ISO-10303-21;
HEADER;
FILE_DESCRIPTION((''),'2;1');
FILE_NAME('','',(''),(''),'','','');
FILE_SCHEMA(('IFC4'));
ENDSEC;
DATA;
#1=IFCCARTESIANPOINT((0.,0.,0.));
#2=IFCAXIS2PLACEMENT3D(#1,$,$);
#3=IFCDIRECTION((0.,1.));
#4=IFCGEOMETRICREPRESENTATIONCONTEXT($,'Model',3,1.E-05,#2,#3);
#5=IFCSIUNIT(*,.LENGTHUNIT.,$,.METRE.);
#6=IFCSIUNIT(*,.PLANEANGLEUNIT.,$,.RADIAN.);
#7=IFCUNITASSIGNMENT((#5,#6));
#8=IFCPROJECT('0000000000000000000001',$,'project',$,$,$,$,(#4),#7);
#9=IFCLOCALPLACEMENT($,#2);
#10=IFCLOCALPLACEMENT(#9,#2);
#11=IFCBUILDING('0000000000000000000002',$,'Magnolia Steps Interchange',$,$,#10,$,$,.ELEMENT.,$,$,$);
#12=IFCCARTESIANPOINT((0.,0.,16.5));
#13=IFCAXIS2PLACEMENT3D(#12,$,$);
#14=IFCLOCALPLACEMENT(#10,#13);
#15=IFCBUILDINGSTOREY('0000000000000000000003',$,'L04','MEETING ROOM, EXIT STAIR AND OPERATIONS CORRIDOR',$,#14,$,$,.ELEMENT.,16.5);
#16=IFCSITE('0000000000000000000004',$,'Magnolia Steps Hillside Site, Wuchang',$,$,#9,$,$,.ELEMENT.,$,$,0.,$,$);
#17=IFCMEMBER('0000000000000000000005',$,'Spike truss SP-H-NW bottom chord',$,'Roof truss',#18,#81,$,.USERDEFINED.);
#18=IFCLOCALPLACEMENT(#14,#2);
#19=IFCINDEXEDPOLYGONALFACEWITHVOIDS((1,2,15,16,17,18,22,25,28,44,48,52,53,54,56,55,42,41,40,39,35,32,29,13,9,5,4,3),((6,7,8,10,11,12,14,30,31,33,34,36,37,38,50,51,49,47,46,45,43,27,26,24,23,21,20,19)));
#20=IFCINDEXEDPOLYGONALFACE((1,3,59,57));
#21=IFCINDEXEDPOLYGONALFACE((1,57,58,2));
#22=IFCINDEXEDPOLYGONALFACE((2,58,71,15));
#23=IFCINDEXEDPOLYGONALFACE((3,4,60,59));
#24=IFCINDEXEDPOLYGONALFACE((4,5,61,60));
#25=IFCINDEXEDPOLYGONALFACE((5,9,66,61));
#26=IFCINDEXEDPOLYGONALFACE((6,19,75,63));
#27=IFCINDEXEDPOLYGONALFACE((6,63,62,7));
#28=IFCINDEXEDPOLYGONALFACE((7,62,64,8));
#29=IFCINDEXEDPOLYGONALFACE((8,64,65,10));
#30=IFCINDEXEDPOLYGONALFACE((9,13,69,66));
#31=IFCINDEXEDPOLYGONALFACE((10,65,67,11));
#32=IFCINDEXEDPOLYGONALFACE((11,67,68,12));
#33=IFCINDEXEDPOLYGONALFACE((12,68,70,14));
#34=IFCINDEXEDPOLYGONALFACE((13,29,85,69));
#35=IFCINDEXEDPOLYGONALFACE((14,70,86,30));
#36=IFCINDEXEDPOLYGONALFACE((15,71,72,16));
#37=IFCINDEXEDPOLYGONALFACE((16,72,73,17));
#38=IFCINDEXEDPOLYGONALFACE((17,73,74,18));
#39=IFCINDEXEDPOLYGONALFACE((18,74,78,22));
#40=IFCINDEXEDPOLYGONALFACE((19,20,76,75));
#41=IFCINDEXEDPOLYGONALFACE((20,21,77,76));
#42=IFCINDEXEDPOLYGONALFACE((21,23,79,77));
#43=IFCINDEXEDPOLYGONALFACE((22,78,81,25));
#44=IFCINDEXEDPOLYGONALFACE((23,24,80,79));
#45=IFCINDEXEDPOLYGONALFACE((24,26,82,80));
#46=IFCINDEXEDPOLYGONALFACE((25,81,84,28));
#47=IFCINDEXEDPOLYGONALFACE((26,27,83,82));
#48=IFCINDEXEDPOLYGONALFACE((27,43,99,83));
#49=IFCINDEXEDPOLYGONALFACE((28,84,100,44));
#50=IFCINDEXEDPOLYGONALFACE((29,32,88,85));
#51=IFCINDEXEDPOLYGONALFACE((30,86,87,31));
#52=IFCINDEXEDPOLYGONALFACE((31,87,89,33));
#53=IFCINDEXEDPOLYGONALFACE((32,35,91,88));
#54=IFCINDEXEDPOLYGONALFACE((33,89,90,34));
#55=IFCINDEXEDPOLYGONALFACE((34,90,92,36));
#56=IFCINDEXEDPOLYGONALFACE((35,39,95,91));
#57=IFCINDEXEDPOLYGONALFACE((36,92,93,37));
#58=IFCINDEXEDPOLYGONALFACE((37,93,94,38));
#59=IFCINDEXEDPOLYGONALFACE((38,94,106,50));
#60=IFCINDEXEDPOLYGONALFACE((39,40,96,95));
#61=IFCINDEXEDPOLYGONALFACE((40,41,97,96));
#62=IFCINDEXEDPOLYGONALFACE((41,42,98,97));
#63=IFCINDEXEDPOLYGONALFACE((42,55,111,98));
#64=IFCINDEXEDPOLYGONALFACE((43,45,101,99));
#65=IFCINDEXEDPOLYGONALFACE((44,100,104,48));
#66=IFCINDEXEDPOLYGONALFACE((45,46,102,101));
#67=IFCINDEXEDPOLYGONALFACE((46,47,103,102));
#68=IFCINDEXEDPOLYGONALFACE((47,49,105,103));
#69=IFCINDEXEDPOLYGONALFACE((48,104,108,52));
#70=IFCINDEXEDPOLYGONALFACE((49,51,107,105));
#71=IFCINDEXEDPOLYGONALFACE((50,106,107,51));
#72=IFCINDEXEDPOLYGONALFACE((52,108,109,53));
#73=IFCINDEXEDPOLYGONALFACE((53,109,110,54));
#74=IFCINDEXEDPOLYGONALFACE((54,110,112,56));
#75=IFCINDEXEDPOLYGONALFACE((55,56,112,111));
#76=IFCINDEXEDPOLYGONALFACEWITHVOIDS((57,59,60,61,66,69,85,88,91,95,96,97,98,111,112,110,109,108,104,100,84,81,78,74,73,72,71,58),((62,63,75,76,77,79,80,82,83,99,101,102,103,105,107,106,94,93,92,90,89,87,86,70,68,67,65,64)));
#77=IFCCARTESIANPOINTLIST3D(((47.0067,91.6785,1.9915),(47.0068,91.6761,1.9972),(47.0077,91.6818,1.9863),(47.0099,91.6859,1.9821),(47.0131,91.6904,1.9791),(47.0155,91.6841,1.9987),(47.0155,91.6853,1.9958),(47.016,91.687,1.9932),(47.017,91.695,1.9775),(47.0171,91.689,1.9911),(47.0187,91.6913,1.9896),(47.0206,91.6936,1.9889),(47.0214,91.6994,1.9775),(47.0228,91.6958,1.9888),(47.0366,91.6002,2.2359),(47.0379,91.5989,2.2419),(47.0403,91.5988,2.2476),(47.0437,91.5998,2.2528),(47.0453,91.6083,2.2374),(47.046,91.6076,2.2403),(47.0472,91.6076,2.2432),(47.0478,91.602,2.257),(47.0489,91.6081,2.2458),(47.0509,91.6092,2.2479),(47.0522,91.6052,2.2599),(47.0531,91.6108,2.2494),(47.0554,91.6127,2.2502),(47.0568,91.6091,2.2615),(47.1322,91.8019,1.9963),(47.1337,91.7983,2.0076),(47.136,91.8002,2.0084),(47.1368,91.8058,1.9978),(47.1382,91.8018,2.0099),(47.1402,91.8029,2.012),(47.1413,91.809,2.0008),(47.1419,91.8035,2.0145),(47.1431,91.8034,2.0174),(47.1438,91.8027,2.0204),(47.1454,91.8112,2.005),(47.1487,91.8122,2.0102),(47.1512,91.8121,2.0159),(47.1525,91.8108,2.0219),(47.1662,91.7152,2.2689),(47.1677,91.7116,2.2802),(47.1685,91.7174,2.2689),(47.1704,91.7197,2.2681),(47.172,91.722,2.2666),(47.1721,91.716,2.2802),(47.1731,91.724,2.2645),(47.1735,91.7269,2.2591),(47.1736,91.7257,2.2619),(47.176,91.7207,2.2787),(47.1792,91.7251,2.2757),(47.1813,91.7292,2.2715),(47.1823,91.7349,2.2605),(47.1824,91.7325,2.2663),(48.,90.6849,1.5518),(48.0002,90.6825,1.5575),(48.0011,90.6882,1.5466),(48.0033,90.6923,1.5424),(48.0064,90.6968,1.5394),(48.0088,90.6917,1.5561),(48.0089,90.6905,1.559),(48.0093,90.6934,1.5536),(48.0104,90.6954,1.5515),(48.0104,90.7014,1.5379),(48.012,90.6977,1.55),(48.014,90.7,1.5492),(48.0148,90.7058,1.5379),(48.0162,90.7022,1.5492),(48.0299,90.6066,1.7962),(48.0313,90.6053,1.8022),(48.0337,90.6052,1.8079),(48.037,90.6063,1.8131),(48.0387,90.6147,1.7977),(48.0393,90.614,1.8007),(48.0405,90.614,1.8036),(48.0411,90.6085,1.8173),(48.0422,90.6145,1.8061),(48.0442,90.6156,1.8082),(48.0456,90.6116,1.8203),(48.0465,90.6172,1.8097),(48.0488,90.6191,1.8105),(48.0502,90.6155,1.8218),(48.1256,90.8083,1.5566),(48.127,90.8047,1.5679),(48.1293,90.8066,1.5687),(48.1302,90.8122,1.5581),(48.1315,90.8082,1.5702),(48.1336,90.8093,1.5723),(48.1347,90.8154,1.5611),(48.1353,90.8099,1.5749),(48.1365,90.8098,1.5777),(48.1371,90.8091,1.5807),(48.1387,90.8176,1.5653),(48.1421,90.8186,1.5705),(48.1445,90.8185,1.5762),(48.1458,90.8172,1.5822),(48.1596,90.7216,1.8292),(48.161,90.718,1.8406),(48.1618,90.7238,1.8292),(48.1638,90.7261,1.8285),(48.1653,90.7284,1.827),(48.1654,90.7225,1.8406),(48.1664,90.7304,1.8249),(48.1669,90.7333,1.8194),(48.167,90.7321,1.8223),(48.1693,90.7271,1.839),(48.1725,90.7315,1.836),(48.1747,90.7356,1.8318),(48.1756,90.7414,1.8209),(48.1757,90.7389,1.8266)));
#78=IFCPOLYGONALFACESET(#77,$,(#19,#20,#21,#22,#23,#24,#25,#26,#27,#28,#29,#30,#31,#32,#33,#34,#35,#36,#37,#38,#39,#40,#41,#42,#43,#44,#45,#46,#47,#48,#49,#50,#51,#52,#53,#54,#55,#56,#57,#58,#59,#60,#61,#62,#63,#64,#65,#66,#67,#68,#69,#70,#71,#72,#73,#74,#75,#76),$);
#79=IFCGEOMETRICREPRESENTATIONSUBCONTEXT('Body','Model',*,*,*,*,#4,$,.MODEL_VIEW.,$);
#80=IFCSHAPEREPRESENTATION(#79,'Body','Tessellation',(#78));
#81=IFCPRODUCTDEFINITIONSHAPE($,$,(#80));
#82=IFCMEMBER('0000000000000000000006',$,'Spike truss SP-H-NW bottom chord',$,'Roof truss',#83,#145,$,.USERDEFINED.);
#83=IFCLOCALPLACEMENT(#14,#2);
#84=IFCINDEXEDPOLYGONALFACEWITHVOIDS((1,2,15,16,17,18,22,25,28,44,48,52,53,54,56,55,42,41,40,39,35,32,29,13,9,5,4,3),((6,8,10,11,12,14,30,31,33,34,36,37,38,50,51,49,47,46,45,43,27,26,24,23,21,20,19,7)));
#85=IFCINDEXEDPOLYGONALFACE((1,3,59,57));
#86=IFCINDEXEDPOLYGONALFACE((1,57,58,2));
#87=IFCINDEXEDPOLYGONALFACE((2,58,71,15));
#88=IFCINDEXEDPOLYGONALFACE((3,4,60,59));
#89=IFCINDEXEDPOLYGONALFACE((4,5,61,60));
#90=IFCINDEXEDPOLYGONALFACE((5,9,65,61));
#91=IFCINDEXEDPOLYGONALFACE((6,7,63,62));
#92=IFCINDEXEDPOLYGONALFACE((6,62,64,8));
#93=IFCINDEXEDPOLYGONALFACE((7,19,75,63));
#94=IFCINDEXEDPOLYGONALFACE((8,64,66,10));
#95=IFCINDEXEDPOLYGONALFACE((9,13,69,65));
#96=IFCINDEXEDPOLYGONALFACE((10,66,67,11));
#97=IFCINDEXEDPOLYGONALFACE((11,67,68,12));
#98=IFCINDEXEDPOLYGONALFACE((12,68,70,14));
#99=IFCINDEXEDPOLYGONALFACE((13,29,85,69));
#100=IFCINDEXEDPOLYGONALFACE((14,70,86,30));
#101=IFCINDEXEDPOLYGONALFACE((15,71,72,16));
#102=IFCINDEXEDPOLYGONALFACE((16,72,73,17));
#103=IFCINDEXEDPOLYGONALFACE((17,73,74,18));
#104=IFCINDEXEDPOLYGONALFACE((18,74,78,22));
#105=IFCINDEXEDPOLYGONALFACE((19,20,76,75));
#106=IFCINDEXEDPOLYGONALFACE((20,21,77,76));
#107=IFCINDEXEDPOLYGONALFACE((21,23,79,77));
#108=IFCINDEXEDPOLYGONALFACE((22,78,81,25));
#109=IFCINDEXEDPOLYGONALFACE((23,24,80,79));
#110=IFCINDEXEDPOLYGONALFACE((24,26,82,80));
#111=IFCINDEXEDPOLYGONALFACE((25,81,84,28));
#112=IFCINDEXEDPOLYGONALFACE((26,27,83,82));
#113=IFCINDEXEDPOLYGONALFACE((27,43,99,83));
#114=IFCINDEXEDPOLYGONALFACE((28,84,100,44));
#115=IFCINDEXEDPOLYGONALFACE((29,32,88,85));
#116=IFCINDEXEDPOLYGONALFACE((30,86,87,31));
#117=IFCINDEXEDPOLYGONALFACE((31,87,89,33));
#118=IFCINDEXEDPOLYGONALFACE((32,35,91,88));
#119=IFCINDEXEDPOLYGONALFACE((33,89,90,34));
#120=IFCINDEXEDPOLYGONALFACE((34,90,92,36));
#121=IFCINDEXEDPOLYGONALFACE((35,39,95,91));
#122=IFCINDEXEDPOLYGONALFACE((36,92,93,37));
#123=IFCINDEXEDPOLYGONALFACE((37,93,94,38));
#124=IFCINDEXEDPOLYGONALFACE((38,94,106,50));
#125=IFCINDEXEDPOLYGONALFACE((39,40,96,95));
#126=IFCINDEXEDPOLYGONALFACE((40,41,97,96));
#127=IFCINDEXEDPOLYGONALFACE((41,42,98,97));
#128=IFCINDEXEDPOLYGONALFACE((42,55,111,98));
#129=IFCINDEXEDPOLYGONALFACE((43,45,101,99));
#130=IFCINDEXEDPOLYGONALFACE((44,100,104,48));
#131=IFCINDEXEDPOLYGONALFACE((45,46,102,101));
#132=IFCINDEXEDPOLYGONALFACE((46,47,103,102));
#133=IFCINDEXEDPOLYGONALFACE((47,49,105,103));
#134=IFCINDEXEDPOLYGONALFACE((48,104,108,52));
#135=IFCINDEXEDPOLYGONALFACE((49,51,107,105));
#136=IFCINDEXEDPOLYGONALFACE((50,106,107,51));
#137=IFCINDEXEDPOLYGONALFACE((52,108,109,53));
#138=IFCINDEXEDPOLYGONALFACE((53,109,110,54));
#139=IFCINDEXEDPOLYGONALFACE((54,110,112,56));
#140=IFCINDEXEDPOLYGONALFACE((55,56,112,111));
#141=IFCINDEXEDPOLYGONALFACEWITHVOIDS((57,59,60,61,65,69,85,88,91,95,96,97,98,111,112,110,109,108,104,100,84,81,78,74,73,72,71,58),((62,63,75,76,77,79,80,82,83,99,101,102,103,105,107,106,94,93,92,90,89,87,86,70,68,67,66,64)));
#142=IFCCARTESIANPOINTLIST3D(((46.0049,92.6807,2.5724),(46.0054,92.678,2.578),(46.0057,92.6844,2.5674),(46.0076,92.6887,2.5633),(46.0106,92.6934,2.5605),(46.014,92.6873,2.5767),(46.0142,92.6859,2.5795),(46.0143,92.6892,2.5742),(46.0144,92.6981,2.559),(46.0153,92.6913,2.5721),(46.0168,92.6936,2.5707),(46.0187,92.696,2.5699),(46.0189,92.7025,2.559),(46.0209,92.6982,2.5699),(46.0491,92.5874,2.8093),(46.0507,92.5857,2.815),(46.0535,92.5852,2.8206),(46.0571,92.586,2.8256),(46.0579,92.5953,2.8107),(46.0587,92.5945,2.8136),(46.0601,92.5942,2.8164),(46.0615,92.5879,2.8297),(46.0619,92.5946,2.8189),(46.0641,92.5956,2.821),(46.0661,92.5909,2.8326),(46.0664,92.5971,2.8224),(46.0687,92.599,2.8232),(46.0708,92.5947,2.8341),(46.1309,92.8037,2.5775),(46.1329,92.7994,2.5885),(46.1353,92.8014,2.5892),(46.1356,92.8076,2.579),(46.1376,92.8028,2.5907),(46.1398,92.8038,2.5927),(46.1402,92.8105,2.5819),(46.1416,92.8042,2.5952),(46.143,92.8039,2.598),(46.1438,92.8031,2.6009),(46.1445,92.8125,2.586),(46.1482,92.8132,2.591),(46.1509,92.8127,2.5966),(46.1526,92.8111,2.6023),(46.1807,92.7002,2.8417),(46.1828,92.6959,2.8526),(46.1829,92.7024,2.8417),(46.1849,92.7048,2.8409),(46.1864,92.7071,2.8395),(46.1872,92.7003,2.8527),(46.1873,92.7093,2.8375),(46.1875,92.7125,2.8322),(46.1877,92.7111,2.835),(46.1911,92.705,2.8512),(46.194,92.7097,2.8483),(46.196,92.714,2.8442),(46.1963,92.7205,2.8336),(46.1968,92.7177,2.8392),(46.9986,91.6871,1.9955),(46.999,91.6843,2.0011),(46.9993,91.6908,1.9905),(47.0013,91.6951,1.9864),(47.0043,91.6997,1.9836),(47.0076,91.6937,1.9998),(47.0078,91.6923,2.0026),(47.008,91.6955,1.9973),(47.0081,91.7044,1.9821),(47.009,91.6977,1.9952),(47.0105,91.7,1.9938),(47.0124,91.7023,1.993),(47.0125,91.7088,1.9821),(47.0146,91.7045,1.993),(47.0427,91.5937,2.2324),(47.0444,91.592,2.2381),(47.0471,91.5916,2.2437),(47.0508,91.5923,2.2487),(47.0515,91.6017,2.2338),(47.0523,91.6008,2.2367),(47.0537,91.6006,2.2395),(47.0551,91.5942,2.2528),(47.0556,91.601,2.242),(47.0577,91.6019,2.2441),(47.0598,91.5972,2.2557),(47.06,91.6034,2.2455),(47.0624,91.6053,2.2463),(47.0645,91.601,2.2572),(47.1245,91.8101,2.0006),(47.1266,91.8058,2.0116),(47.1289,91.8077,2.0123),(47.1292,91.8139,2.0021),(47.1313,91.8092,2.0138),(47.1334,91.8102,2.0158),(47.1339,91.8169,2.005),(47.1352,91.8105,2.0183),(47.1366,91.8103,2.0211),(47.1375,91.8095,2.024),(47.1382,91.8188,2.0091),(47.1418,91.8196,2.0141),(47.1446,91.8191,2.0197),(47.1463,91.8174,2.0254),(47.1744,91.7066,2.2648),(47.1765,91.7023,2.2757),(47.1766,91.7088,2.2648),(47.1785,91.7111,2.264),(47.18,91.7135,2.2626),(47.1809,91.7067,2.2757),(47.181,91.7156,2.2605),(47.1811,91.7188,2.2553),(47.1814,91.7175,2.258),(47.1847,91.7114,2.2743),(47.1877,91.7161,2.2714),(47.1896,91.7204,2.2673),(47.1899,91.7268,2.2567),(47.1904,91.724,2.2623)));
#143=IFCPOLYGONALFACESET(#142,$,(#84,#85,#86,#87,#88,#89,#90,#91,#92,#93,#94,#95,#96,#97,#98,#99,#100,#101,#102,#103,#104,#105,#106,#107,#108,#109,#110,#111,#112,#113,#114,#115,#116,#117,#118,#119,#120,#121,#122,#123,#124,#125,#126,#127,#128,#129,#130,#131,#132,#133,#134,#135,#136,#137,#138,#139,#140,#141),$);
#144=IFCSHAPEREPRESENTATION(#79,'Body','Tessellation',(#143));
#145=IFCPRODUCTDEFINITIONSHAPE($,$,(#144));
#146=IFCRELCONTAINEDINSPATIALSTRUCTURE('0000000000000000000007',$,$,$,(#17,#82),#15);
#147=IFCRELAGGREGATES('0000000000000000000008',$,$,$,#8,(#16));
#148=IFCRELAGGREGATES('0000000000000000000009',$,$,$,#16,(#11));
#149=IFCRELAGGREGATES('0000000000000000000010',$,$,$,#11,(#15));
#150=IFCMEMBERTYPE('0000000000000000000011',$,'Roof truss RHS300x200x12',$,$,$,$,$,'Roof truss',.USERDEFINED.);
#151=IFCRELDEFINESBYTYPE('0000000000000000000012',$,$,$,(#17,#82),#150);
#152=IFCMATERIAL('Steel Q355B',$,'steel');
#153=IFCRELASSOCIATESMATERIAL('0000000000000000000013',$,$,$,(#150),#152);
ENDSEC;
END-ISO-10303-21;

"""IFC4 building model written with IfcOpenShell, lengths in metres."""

from ifc_helpers import new_model, si_unit, direction, frame, origin, origin_2d, place, context, subcontext, project, spatial, hollow_rectangle, extrude, material, material_profile, profile_set, type_object, element, save


model = new_model("IFC4")

# Units and contexts
model_context = context("Model", 3, precision=1e-05, world=origin(), true_north=direction((0.0, 1.0)))
body_context = subcontext(model_context, "Body", "Model", "MODEL_VIEW")
ifc_project = project(units=[si_unit("LENGTHUNIT", "METRE"), si_unit("PLANEANGLEUNIT", "RADIAN")], contexts=[model_context])

# Site, building, storey
site_placement = place(None, origin())
site = spatial("IfcSite", under=ifc_project, at=site_placement, Name="Magnolia Steps Hillside Site, Wuchang", CompositionType="ELEMENT", RefElevation=0.0)
building_placement = place(site_placement, origin())
building = spatial("IfcBuilding", under=site, at=building_placement, Name="Magnolia Steps Interchange", CompositionType="ELEMENT")
storey_placement = place(building_placement, frame((0.0, 0.0, 16.5)))
storey = spatial("IfcBuildingStorey", under=building, at=storey_placement, Name="L04", Description="MEETING ROOM, EXIT STAIR AND OPERATIONS CORRIDOR", CompositionType="ELEMENT", Elevation=16.5)

# Members
ifc_material_1 = material(Name="Steel Q355B", Category="steel")
ifc_material_profile_1 = material_profile(ifc_material_1, hollow_rectangle(XDim=0.2, YDim=0.3, WallThickness=0.012, InnerFilletRadius=0.012, OuterFilletRadius=0.0239, at=origin_2d()), Name="RHS300x200x12")
ifc_profile_set_1 = profile_set([ifc_material_profile_1], Name="Steel Q355B")
member_type_1 = type_object("IfcMemberType", Name="Roof truss RHS300x200x12", ElementType="Roof truss", PredefinedType="USERDEFINED", material=ifc_profile_set_1)
member_1_placement = place(storey_placement, frame((48.0879, 90.7119, 1.6892), z_axis=(-0.674752, 0.674918, 0.298655), x_axis=(-0.728544, -0.673815, -0.123277)))
element("IfcMember", 1, at=member_1_placement, inside=storey, type_object=member_type_1, Name="Spike truss SP-H-NW bottom chord", ObjectType="Roof truss", PredefinedType="USERDEFINED", context=body_context, shape_type="SweptSolid", body=[
    extrude(hollow_rectangle(XDim=0.2, YDim=0.3, WallThickness=0.012, InnerFilletRadius=0.012, OuterFilletRadius=0.0239, at=origin_2d()), origin(), (0.0, 0.0, 1.0), 1.4722),
])
member_2_placement = place(storey_placement, frame((47.0945, 91.7056, 2.1289), z_axis=(-0.654128, 0.654128, 0.37978), x_axis=(-0.7363, -0.66561, -0.121756)))
element("IfcMember", 2, at=member_2_placement, inside=storey, type_object=member_type_1, Name="Spike truss SP-H-NW bottom chord", ObjectType="Roof truss", PredefinedType="USERDEFINED", context=body_context, shape_type="SweptSolid", body=[
    extrude(hollow_rectangle(XDim=0.2, YDim=0.3, WallThickness=0.012, InnerFilletRadius=0.012, OuterFilletRadius=0.0239, at=origin_2d()), origin(), (0.0, 0.0, 1.0), 1.519),
])

save(model, "model.ifc")
